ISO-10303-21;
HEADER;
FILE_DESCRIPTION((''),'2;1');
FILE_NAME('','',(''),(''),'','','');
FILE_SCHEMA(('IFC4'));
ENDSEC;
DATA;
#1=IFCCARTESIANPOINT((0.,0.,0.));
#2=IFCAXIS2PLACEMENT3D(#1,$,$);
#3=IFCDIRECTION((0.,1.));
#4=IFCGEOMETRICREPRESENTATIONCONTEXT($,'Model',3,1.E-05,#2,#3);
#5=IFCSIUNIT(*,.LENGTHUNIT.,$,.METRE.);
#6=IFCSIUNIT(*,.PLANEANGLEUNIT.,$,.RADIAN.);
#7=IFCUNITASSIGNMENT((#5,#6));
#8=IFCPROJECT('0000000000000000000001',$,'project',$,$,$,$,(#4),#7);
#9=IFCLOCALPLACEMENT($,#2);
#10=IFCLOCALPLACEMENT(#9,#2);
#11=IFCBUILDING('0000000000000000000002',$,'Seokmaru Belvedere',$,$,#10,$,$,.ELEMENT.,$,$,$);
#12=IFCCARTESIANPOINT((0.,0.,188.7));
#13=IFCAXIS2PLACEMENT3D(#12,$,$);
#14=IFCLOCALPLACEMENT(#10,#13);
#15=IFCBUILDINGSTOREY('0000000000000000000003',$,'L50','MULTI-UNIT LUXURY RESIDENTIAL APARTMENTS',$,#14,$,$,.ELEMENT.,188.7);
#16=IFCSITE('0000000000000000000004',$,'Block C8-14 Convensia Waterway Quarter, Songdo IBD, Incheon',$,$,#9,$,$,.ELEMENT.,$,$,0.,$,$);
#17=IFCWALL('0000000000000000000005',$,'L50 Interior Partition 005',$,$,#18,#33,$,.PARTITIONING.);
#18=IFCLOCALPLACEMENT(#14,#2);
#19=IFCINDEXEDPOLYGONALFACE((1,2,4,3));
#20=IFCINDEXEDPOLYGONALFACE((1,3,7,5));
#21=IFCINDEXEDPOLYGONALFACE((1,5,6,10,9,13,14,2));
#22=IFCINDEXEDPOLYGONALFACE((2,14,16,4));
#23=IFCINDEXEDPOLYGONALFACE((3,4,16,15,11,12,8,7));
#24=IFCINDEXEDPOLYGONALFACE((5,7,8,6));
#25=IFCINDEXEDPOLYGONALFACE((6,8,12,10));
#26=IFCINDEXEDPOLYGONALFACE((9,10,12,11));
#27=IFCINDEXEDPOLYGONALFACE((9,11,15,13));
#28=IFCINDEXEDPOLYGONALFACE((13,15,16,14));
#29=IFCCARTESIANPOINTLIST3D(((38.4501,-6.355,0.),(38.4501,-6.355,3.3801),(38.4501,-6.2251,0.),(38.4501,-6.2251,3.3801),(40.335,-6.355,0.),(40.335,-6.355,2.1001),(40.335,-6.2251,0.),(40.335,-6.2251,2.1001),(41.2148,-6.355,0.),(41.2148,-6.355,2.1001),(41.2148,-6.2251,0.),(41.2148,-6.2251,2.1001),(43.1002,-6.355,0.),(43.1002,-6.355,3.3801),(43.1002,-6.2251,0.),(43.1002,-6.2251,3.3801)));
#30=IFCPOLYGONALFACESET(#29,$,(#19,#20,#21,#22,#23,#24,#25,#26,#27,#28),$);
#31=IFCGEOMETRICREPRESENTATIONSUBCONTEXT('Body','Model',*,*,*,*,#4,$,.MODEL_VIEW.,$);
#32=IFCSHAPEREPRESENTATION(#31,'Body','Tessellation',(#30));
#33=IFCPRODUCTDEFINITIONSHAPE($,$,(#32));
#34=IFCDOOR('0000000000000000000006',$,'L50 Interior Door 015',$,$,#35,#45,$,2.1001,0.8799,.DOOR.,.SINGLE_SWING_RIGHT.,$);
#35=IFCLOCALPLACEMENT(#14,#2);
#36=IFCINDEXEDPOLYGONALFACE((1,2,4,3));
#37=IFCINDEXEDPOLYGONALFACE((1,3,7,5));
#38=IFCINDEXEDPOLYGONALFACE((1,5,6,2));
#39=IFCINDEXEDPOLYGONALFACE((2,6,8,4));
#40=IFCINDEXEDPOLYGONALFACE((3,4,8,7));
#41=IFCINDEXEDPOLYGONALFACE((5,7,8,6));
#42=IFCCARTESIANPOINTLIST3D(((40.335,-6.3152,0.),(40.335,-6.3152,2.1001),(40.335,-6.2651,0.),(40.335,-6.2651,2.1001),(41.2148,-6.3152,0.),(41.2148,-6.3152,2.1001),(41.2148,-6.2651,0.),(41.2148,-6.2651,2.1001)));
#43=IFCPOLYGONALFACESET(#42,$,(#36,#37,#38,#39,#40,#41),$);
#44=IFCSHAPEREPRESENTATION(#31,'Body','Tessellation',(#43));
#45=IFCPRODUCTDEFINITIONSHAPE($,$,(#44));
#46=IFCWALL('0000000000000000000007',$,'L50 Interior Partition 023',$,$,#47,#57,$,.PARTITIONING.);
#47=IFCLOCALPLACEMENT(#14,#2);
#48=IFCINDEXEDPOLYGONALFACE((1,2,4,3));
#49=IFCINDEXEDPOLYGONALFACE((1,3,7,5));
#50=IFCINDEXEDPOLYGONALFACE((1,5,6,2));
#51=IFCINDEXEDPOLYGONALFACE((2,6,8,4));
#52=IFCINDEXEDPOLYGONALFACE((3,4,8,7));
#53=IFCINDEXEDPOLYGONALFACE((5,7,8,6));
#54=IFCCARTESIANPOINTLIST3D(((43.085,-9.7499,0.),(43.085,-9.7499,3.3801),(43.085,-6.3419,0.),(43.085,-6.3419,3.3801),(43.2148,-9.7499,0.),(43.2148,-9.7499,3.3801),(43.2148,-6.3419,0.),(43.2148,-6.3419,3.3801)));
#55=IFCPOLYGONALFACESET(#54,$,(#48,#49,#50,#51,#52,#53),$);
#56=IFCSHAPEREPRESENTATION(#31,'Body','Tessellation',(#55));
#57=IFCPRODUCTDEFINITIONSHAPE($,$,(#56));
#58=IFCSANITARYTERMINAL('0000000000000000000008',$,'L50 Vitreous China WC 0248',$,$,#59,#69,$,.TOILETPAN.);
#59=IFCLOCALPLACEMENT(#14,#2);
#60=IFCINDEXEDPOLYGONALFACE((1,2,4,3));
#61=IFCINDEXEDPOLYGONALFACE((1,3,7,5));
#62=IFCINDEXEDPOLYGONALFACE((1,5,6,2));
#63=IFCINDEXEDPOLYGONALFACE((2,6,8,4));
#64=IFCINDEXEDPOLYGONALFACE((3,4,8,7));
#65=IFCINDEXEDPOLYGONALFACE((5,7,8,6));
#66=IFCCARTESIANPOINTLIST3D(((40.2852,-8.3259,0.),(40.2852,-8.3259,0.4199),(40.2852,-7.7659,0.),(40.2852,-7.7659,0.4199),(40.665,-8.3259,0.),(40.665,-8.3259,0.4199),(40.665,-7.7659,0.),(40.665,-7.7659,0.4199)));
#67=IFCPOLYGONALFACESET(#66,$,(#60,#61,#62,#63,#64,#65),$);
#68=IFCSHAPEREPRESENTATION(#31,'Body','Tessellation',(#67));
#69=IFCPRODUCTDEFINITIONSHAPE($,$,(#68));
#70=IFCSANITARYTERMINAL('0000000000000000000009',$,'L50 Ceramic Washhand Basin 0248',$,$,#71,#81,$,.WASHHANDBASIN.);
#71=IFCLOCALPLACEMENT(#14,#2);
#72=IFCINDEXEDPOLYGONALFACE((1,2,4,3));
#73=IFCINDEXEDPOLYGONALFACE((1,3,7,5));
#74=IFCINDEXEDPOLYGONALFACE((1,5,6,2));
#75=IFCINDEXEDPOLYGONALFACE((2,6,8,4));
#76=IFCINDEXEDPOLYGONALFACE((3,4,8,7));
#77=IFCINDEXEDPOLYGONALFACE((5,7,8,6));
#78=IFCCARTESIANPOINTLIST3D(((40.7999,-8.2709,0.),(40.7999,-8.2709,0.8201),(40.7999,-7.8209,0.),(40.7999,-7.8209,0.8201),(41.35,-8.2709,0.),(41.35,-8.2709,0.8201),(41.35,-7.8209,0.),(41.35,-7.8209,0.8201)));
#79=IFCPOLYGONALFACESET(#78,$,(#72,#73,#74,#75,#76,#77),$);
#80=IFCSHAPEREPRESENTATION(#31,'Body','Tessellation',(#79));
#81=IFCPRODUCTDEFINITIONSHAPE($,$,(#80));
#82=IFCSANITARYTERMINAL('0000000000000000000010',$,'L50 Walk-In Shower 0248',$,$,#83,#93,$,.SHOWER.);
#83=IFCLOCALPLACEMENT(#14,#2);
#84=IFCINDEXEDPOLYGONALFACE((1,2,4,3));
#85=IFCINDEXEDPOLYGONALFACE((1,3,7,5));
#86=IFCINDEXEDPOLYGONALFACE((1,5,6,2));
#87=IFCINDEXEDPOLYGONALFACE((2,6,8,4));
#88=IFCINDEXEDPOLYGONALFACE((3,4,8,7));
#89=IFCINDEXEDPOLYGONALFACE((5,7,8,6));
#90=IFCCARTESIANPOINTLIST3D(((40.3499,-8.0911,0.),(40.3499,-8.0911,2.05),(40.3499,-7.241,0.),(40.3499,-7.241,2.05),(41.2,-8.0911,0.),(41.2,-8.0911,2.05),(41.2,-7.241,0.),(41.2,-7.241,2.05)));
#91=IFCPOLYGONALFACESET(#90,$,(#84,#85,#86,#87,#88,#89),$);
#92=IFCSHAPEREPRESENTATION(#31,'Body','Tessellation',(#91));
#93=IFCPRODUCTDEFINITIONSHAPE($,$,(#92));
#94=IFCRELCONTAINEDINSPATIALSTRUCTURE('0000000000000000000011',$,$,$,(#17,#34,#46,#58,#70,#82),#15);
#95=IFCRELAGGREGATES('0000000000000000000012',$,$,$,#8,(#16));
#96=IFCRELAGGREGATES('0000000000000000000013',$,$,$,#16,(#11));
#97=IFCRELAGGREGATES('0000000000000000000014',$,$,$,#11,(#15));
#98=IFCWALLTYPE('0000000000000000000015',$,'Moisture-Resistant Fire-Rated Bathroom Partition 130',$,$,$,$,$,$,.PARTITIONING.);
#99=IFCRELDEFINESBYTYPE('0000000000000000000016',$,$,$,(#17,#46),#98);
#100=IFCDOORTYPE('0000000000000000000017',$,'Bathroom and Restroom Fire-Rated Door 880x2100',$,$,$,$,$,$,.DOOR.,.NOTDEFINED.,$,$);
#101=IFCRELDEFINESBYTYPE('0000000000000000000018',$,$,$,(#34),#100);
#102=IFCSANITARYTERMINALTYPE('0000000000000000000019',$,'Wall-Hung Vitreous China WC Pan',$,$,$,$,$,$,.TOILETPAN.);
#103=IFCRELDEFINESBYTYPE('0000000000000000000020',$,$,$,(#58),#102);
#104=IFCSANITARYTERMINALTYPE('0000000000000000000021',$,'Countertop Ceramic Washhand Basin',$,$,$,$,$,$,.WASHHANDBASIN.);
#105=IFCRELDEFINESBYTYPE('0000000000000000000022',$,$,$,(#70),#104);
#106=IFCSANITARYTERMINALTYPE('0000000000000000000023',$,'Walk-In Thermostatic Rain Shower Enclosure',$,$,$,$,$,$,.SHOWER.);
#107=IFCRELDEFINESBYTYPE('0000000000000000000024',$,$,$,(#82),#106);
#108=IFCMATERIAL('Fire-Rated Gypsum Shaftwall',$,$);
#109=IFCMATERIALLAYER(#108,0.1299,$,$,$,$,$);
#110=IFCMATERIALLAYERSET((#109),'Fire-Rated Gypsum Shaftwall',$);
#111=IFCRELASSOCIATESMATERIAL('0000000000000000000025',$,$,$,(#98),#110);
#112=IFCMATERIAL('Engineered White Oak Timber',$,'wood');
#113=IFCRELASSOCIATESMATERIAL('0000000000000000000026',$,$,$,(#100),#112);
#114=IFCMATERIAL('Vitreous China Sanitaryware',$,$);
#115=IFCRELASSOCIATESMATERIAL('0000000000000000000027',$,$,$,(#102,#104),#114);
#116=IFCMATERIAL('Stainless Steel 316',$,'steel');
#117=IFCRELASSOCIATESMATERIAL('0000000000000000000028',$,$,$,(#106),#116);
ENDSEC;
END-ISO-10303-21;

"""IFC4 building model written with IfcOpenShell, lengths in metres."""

from ifc_helpers import new_model, si_unit, direction, frame, frame_2d, origin, origin_2d, place, context, subcontext, project, spatial, rectangle, extrude, source, transform, mapped, material, layer, layer_set, type_object, type_shapes, element, fill, save


model = new_model("IFC4")

# Units and contexts
model_context = context("Model", 3, precision=1e-05, world=origin(), true_north=direction((0.0, 1.0)))
body_context = subcontext(model_context, "Body", "Model", "MODEL_VIEW")
ifc_project = project(units=[si_unit("LENGTHUNIT", "METRE"), si_unit("PLANEANGLEUNIT", "RADIAN")], contexts=[model_context])

# Site, building, storey
site_placement = place(None, origin())
site = spatial("IfcSite", under=ifc_project, at=site_placement, Name="Block C8-14 Convensia Waterway Quarter, Songdo IBD, Incheon", CompositionType="ELEMENT", RefElevation=0.0)
building_placement = place(site_placement, origin())
building = spatial("IfcBuilding", under=site, at=building_placement, Name="Seokmaru Belvedere", CompositionType="ELEMENT")
storey_placement = place(building_placement, frame((0.0, 0.0, 188.7)))
storey = spatial("IfcBuildingStorey", under=building, at=storey_placement, Name="L50", Description="MULTI-UNIT LUXURY RESIDENTIAL APARTMENTS", CompositionType="ELEMENT", Elevation=188.7)

# Shared definitions
ifc_material_1 = material(Name="Fire-Rated Gypsum Shaftwall")
ifc_material_2 = material(Name="Engineered White Oak Timber", Category="wood")

# Wall, opening, door
ifc_layer_1 = layer(ifc_material_1, 0.1299)
ifc_layer_set_1 = layer_set([ifc_layer_1], Name="Fire-Rated Gypsum Shaftwall")
wall_type_1 = type_object("IfcWallType", Name="Moisture-Resistant Fire-Rated Bathroom Partition 130", PredefinedType="PARTITIONING", material=ifc_layer_set_1)
wall_1_placement = place(storey_placement, frame((38.45, -6.29, 0.0), z_axis=(0.0, 0.0, 1.0), x_axis=(1.0, 0.0, 0.0)))
wall_1 = element("IfcWall", 1, at=wall_1_placement, inside=storey, type_object=wall_type_1, Name="L50 Interior Partition 005", PredefinedType="PARTITIONING", context=body_context, shape_type="SweptSolid", body=[
    extrude(rectangle(XDim=4.6501, YDim=0.1299, at=frame_2d((2.3252, 0.0))), origin(), (0.0, 0.0, 1.0), 3.3801),
])
opening_1_placement = place(wall_1_placement, frame((1.885, 0.0, 0.0)))
opening_1 = element("IfcOpeningElement", 2, at=opening_1_placement, cuts=wall_1, PredefinedType="OPENING", context=body_context, shape_type="SweptSolid", body=[
    extrude(rectangle(XDim=0.8799, YDim=2.1001, at=frame_2d((0.4399, 1.05))), frame((0.0, 0.075, 0.0), z_axis=(0.0, -1.0, 0.0), x_axis=(1.0, 0.0, 0.0)), (0.0, 0.0, 1.0), 0.1499),
])
door_type_1 = type_object("IfcDoorType", Name="Bathroom and Restroom Fire-Rated Door 880x2100", OperationType="NOTDEFINED", PredefinedType="DOOR", material=ifc_material_2)
shared_shape_1 = source(origin(), body_context, "Body", "SweptSolid", [
    extrude(rectangle(XDim=0.8799, YDim=2.1001, at=frame_2d((0.4399, 1.05))), frame((0.0, 0.0249, 0.0), z_axis=(0.0, -1.0, 0.0), x_axis=(1.0, 0.0, 0.0)), (0.0, 0.0, 1.0), 0.05),
])
type_shapes(door_type_1, [shared_shape_1])
door_1_placement = place(opening_1_placement, origin())
door_1 = element("IfcDoor", 3, at=door_1_placement, inside=storey, type_object=door_type_1, Name="L50 Interior Door 015", OperationType="SINGLE_SWING_RIGHT", OverallHeight=2.1001, OverallWidth=0.8799, PredefinedType="DOOR", context=body_context, shape_type="MappedRepresentation", body=[
    mapped(shared_shape_1, transform((0.0, 0.0, 0.0), scale=1.0)),
])
fill(opening_1, door_1)

# Wall
wall_2_placement = place(storey_placement, frame((43.1499, -9.75, 0.0), z_axis=(0.0, 0.0, 1.0), x_axis=(0.0, 1.0, 0.0)))
element("IfcWall", 4, at=wall_2_placement, inside=storey, type_object=wall_type_1, Name="L50 Interior Partition 023", PredefinedType="PARTITIONING", context=body_context, shape_type="SweptSolid", body=[
    extrude(rectangle(XDim=3.408, YDim=0.1299, at=frame_2d((1.7041, 0.0))), origin(), (0.0, 0.0, 1.0), 3.3801),
])

# Sanitary terminals
ifc_material_3 = material(Name="Vitreous China Sanitaryware")
sanitary_terminal_type_1 = type_object("IfcSanitaryTerminalType", Name="Wall-Hung Vitreous China WC Pan", PredefinedType="TOILETPAN", material=ifc_material_3)
shared_shape_2 = source(origin(), body_context, "Body", "SweptSolid", [
    extrude(rectangle(XDim=0.3799, YDim=0.5601, at=origin_2d()), origin(), (0.0, 0.0, 1.0), 0.4199),
])
type_shapes(sanitary_terminal_type_1, [shared_shape_2])
sanitary_terminal_1_placement = place(storey_placement, frame((40.4751, -8.0459, 0.0), z_axis=(0.0, 0.0, 1.0), x_axis=(1.0, 0.0, 0.0)))
element("IfcSanitaryTerminal", 5, at=sanitary_terminal_1_placement, inside=storey, type_object=sanitary_terminal_type_1, Name="L50 Vitreous China WC 0248", PredefinedType="TOILETPAN", context=body_context, shape_type="MappedRepresentation", body=[
    mapped(shared_shape_2, transform((0.0, 0.0, 0.0), scale=1.0)),
])
sanitary_terminal_type_2 = type_object("IfcSanitaryTerminalType", Name="Countertop Ceramic Washhand Basin", PredefinedType="WASHHANDBASIN", material=ifc_material_3)
shared_shape_3 = source(origin(), body_context, "Body", "SweptSolid", [
    extrude(rectangle(XDim=0.55, YDim=0.45, at=origin_2d()), origin(), (0.0, 0.0, 1.0), 0.8201),
])
type_shapes(sanitary_terminal_type_2, [shared_shape_3])
sanitary_terminal_2_placement = place(storey_placement, frame((41.075, -8.0459, 0.0), z_axis=(0.0, 0.0, 1.0), x_axis=(1.0, 0.0, 0.0)))
element("IfcSanitaryTerminal", 6, at=sanitary_terminal_2_placement, inside=storey, type_object=sanitary_terminal_type_2, Name="L50 Ceramic Washhand Basin 0248", PredefinedType="WASHHANDBASIN", context=body_context, shape_type="MappedRepresentation", body=[
    mapped(shared_shape_3, transform((0.0, 0.0, 0.0), scale=1.0)),
])
ifc_material_4 = material(Name="Stainless Steel 316", Category="steel")
sanitary_terminal_type_3 = type_object("IfcSanitaryTerminalType", Name="Walk-In Thermostatic Rain Shower Enclosure", PredefinedType="SHOWER", material=ifc_material_4)
shared_shape_4 = source(origin(), body_context, "Body", "SweptSolid", [
    extrude(rectangle(XDim=0.8501, YDim=0.8501, at=origin_2d()), origin(), (0.0, 0.0, 1.0), 2.05),
])
type_shapes(sanitary_terminal_type_3, [shared_shape_4])
sanitary_terminal_3_placement = place(storey_placement, frame((40.7749, -7.666, 0.0), z_axis=(0.0, 0.0, 1.0), x_axis=(1.0, 0.0, 0.0)))
element("IfcSanitaryTerminal", 7, at=sanitary_terminal_3_placement, inside=storey, type_object=sanitary_terminal_type_3, Name="L50 Walk-In Shower 0248", PredefinedType="SHOWER", context=body_context, shape_type="MappedRepresentation", body=[
    mapped(shared_shape_4, transform((0.0, 0.0, 0.0), scale=1.0)),
])

save(model, "model.ifc")
